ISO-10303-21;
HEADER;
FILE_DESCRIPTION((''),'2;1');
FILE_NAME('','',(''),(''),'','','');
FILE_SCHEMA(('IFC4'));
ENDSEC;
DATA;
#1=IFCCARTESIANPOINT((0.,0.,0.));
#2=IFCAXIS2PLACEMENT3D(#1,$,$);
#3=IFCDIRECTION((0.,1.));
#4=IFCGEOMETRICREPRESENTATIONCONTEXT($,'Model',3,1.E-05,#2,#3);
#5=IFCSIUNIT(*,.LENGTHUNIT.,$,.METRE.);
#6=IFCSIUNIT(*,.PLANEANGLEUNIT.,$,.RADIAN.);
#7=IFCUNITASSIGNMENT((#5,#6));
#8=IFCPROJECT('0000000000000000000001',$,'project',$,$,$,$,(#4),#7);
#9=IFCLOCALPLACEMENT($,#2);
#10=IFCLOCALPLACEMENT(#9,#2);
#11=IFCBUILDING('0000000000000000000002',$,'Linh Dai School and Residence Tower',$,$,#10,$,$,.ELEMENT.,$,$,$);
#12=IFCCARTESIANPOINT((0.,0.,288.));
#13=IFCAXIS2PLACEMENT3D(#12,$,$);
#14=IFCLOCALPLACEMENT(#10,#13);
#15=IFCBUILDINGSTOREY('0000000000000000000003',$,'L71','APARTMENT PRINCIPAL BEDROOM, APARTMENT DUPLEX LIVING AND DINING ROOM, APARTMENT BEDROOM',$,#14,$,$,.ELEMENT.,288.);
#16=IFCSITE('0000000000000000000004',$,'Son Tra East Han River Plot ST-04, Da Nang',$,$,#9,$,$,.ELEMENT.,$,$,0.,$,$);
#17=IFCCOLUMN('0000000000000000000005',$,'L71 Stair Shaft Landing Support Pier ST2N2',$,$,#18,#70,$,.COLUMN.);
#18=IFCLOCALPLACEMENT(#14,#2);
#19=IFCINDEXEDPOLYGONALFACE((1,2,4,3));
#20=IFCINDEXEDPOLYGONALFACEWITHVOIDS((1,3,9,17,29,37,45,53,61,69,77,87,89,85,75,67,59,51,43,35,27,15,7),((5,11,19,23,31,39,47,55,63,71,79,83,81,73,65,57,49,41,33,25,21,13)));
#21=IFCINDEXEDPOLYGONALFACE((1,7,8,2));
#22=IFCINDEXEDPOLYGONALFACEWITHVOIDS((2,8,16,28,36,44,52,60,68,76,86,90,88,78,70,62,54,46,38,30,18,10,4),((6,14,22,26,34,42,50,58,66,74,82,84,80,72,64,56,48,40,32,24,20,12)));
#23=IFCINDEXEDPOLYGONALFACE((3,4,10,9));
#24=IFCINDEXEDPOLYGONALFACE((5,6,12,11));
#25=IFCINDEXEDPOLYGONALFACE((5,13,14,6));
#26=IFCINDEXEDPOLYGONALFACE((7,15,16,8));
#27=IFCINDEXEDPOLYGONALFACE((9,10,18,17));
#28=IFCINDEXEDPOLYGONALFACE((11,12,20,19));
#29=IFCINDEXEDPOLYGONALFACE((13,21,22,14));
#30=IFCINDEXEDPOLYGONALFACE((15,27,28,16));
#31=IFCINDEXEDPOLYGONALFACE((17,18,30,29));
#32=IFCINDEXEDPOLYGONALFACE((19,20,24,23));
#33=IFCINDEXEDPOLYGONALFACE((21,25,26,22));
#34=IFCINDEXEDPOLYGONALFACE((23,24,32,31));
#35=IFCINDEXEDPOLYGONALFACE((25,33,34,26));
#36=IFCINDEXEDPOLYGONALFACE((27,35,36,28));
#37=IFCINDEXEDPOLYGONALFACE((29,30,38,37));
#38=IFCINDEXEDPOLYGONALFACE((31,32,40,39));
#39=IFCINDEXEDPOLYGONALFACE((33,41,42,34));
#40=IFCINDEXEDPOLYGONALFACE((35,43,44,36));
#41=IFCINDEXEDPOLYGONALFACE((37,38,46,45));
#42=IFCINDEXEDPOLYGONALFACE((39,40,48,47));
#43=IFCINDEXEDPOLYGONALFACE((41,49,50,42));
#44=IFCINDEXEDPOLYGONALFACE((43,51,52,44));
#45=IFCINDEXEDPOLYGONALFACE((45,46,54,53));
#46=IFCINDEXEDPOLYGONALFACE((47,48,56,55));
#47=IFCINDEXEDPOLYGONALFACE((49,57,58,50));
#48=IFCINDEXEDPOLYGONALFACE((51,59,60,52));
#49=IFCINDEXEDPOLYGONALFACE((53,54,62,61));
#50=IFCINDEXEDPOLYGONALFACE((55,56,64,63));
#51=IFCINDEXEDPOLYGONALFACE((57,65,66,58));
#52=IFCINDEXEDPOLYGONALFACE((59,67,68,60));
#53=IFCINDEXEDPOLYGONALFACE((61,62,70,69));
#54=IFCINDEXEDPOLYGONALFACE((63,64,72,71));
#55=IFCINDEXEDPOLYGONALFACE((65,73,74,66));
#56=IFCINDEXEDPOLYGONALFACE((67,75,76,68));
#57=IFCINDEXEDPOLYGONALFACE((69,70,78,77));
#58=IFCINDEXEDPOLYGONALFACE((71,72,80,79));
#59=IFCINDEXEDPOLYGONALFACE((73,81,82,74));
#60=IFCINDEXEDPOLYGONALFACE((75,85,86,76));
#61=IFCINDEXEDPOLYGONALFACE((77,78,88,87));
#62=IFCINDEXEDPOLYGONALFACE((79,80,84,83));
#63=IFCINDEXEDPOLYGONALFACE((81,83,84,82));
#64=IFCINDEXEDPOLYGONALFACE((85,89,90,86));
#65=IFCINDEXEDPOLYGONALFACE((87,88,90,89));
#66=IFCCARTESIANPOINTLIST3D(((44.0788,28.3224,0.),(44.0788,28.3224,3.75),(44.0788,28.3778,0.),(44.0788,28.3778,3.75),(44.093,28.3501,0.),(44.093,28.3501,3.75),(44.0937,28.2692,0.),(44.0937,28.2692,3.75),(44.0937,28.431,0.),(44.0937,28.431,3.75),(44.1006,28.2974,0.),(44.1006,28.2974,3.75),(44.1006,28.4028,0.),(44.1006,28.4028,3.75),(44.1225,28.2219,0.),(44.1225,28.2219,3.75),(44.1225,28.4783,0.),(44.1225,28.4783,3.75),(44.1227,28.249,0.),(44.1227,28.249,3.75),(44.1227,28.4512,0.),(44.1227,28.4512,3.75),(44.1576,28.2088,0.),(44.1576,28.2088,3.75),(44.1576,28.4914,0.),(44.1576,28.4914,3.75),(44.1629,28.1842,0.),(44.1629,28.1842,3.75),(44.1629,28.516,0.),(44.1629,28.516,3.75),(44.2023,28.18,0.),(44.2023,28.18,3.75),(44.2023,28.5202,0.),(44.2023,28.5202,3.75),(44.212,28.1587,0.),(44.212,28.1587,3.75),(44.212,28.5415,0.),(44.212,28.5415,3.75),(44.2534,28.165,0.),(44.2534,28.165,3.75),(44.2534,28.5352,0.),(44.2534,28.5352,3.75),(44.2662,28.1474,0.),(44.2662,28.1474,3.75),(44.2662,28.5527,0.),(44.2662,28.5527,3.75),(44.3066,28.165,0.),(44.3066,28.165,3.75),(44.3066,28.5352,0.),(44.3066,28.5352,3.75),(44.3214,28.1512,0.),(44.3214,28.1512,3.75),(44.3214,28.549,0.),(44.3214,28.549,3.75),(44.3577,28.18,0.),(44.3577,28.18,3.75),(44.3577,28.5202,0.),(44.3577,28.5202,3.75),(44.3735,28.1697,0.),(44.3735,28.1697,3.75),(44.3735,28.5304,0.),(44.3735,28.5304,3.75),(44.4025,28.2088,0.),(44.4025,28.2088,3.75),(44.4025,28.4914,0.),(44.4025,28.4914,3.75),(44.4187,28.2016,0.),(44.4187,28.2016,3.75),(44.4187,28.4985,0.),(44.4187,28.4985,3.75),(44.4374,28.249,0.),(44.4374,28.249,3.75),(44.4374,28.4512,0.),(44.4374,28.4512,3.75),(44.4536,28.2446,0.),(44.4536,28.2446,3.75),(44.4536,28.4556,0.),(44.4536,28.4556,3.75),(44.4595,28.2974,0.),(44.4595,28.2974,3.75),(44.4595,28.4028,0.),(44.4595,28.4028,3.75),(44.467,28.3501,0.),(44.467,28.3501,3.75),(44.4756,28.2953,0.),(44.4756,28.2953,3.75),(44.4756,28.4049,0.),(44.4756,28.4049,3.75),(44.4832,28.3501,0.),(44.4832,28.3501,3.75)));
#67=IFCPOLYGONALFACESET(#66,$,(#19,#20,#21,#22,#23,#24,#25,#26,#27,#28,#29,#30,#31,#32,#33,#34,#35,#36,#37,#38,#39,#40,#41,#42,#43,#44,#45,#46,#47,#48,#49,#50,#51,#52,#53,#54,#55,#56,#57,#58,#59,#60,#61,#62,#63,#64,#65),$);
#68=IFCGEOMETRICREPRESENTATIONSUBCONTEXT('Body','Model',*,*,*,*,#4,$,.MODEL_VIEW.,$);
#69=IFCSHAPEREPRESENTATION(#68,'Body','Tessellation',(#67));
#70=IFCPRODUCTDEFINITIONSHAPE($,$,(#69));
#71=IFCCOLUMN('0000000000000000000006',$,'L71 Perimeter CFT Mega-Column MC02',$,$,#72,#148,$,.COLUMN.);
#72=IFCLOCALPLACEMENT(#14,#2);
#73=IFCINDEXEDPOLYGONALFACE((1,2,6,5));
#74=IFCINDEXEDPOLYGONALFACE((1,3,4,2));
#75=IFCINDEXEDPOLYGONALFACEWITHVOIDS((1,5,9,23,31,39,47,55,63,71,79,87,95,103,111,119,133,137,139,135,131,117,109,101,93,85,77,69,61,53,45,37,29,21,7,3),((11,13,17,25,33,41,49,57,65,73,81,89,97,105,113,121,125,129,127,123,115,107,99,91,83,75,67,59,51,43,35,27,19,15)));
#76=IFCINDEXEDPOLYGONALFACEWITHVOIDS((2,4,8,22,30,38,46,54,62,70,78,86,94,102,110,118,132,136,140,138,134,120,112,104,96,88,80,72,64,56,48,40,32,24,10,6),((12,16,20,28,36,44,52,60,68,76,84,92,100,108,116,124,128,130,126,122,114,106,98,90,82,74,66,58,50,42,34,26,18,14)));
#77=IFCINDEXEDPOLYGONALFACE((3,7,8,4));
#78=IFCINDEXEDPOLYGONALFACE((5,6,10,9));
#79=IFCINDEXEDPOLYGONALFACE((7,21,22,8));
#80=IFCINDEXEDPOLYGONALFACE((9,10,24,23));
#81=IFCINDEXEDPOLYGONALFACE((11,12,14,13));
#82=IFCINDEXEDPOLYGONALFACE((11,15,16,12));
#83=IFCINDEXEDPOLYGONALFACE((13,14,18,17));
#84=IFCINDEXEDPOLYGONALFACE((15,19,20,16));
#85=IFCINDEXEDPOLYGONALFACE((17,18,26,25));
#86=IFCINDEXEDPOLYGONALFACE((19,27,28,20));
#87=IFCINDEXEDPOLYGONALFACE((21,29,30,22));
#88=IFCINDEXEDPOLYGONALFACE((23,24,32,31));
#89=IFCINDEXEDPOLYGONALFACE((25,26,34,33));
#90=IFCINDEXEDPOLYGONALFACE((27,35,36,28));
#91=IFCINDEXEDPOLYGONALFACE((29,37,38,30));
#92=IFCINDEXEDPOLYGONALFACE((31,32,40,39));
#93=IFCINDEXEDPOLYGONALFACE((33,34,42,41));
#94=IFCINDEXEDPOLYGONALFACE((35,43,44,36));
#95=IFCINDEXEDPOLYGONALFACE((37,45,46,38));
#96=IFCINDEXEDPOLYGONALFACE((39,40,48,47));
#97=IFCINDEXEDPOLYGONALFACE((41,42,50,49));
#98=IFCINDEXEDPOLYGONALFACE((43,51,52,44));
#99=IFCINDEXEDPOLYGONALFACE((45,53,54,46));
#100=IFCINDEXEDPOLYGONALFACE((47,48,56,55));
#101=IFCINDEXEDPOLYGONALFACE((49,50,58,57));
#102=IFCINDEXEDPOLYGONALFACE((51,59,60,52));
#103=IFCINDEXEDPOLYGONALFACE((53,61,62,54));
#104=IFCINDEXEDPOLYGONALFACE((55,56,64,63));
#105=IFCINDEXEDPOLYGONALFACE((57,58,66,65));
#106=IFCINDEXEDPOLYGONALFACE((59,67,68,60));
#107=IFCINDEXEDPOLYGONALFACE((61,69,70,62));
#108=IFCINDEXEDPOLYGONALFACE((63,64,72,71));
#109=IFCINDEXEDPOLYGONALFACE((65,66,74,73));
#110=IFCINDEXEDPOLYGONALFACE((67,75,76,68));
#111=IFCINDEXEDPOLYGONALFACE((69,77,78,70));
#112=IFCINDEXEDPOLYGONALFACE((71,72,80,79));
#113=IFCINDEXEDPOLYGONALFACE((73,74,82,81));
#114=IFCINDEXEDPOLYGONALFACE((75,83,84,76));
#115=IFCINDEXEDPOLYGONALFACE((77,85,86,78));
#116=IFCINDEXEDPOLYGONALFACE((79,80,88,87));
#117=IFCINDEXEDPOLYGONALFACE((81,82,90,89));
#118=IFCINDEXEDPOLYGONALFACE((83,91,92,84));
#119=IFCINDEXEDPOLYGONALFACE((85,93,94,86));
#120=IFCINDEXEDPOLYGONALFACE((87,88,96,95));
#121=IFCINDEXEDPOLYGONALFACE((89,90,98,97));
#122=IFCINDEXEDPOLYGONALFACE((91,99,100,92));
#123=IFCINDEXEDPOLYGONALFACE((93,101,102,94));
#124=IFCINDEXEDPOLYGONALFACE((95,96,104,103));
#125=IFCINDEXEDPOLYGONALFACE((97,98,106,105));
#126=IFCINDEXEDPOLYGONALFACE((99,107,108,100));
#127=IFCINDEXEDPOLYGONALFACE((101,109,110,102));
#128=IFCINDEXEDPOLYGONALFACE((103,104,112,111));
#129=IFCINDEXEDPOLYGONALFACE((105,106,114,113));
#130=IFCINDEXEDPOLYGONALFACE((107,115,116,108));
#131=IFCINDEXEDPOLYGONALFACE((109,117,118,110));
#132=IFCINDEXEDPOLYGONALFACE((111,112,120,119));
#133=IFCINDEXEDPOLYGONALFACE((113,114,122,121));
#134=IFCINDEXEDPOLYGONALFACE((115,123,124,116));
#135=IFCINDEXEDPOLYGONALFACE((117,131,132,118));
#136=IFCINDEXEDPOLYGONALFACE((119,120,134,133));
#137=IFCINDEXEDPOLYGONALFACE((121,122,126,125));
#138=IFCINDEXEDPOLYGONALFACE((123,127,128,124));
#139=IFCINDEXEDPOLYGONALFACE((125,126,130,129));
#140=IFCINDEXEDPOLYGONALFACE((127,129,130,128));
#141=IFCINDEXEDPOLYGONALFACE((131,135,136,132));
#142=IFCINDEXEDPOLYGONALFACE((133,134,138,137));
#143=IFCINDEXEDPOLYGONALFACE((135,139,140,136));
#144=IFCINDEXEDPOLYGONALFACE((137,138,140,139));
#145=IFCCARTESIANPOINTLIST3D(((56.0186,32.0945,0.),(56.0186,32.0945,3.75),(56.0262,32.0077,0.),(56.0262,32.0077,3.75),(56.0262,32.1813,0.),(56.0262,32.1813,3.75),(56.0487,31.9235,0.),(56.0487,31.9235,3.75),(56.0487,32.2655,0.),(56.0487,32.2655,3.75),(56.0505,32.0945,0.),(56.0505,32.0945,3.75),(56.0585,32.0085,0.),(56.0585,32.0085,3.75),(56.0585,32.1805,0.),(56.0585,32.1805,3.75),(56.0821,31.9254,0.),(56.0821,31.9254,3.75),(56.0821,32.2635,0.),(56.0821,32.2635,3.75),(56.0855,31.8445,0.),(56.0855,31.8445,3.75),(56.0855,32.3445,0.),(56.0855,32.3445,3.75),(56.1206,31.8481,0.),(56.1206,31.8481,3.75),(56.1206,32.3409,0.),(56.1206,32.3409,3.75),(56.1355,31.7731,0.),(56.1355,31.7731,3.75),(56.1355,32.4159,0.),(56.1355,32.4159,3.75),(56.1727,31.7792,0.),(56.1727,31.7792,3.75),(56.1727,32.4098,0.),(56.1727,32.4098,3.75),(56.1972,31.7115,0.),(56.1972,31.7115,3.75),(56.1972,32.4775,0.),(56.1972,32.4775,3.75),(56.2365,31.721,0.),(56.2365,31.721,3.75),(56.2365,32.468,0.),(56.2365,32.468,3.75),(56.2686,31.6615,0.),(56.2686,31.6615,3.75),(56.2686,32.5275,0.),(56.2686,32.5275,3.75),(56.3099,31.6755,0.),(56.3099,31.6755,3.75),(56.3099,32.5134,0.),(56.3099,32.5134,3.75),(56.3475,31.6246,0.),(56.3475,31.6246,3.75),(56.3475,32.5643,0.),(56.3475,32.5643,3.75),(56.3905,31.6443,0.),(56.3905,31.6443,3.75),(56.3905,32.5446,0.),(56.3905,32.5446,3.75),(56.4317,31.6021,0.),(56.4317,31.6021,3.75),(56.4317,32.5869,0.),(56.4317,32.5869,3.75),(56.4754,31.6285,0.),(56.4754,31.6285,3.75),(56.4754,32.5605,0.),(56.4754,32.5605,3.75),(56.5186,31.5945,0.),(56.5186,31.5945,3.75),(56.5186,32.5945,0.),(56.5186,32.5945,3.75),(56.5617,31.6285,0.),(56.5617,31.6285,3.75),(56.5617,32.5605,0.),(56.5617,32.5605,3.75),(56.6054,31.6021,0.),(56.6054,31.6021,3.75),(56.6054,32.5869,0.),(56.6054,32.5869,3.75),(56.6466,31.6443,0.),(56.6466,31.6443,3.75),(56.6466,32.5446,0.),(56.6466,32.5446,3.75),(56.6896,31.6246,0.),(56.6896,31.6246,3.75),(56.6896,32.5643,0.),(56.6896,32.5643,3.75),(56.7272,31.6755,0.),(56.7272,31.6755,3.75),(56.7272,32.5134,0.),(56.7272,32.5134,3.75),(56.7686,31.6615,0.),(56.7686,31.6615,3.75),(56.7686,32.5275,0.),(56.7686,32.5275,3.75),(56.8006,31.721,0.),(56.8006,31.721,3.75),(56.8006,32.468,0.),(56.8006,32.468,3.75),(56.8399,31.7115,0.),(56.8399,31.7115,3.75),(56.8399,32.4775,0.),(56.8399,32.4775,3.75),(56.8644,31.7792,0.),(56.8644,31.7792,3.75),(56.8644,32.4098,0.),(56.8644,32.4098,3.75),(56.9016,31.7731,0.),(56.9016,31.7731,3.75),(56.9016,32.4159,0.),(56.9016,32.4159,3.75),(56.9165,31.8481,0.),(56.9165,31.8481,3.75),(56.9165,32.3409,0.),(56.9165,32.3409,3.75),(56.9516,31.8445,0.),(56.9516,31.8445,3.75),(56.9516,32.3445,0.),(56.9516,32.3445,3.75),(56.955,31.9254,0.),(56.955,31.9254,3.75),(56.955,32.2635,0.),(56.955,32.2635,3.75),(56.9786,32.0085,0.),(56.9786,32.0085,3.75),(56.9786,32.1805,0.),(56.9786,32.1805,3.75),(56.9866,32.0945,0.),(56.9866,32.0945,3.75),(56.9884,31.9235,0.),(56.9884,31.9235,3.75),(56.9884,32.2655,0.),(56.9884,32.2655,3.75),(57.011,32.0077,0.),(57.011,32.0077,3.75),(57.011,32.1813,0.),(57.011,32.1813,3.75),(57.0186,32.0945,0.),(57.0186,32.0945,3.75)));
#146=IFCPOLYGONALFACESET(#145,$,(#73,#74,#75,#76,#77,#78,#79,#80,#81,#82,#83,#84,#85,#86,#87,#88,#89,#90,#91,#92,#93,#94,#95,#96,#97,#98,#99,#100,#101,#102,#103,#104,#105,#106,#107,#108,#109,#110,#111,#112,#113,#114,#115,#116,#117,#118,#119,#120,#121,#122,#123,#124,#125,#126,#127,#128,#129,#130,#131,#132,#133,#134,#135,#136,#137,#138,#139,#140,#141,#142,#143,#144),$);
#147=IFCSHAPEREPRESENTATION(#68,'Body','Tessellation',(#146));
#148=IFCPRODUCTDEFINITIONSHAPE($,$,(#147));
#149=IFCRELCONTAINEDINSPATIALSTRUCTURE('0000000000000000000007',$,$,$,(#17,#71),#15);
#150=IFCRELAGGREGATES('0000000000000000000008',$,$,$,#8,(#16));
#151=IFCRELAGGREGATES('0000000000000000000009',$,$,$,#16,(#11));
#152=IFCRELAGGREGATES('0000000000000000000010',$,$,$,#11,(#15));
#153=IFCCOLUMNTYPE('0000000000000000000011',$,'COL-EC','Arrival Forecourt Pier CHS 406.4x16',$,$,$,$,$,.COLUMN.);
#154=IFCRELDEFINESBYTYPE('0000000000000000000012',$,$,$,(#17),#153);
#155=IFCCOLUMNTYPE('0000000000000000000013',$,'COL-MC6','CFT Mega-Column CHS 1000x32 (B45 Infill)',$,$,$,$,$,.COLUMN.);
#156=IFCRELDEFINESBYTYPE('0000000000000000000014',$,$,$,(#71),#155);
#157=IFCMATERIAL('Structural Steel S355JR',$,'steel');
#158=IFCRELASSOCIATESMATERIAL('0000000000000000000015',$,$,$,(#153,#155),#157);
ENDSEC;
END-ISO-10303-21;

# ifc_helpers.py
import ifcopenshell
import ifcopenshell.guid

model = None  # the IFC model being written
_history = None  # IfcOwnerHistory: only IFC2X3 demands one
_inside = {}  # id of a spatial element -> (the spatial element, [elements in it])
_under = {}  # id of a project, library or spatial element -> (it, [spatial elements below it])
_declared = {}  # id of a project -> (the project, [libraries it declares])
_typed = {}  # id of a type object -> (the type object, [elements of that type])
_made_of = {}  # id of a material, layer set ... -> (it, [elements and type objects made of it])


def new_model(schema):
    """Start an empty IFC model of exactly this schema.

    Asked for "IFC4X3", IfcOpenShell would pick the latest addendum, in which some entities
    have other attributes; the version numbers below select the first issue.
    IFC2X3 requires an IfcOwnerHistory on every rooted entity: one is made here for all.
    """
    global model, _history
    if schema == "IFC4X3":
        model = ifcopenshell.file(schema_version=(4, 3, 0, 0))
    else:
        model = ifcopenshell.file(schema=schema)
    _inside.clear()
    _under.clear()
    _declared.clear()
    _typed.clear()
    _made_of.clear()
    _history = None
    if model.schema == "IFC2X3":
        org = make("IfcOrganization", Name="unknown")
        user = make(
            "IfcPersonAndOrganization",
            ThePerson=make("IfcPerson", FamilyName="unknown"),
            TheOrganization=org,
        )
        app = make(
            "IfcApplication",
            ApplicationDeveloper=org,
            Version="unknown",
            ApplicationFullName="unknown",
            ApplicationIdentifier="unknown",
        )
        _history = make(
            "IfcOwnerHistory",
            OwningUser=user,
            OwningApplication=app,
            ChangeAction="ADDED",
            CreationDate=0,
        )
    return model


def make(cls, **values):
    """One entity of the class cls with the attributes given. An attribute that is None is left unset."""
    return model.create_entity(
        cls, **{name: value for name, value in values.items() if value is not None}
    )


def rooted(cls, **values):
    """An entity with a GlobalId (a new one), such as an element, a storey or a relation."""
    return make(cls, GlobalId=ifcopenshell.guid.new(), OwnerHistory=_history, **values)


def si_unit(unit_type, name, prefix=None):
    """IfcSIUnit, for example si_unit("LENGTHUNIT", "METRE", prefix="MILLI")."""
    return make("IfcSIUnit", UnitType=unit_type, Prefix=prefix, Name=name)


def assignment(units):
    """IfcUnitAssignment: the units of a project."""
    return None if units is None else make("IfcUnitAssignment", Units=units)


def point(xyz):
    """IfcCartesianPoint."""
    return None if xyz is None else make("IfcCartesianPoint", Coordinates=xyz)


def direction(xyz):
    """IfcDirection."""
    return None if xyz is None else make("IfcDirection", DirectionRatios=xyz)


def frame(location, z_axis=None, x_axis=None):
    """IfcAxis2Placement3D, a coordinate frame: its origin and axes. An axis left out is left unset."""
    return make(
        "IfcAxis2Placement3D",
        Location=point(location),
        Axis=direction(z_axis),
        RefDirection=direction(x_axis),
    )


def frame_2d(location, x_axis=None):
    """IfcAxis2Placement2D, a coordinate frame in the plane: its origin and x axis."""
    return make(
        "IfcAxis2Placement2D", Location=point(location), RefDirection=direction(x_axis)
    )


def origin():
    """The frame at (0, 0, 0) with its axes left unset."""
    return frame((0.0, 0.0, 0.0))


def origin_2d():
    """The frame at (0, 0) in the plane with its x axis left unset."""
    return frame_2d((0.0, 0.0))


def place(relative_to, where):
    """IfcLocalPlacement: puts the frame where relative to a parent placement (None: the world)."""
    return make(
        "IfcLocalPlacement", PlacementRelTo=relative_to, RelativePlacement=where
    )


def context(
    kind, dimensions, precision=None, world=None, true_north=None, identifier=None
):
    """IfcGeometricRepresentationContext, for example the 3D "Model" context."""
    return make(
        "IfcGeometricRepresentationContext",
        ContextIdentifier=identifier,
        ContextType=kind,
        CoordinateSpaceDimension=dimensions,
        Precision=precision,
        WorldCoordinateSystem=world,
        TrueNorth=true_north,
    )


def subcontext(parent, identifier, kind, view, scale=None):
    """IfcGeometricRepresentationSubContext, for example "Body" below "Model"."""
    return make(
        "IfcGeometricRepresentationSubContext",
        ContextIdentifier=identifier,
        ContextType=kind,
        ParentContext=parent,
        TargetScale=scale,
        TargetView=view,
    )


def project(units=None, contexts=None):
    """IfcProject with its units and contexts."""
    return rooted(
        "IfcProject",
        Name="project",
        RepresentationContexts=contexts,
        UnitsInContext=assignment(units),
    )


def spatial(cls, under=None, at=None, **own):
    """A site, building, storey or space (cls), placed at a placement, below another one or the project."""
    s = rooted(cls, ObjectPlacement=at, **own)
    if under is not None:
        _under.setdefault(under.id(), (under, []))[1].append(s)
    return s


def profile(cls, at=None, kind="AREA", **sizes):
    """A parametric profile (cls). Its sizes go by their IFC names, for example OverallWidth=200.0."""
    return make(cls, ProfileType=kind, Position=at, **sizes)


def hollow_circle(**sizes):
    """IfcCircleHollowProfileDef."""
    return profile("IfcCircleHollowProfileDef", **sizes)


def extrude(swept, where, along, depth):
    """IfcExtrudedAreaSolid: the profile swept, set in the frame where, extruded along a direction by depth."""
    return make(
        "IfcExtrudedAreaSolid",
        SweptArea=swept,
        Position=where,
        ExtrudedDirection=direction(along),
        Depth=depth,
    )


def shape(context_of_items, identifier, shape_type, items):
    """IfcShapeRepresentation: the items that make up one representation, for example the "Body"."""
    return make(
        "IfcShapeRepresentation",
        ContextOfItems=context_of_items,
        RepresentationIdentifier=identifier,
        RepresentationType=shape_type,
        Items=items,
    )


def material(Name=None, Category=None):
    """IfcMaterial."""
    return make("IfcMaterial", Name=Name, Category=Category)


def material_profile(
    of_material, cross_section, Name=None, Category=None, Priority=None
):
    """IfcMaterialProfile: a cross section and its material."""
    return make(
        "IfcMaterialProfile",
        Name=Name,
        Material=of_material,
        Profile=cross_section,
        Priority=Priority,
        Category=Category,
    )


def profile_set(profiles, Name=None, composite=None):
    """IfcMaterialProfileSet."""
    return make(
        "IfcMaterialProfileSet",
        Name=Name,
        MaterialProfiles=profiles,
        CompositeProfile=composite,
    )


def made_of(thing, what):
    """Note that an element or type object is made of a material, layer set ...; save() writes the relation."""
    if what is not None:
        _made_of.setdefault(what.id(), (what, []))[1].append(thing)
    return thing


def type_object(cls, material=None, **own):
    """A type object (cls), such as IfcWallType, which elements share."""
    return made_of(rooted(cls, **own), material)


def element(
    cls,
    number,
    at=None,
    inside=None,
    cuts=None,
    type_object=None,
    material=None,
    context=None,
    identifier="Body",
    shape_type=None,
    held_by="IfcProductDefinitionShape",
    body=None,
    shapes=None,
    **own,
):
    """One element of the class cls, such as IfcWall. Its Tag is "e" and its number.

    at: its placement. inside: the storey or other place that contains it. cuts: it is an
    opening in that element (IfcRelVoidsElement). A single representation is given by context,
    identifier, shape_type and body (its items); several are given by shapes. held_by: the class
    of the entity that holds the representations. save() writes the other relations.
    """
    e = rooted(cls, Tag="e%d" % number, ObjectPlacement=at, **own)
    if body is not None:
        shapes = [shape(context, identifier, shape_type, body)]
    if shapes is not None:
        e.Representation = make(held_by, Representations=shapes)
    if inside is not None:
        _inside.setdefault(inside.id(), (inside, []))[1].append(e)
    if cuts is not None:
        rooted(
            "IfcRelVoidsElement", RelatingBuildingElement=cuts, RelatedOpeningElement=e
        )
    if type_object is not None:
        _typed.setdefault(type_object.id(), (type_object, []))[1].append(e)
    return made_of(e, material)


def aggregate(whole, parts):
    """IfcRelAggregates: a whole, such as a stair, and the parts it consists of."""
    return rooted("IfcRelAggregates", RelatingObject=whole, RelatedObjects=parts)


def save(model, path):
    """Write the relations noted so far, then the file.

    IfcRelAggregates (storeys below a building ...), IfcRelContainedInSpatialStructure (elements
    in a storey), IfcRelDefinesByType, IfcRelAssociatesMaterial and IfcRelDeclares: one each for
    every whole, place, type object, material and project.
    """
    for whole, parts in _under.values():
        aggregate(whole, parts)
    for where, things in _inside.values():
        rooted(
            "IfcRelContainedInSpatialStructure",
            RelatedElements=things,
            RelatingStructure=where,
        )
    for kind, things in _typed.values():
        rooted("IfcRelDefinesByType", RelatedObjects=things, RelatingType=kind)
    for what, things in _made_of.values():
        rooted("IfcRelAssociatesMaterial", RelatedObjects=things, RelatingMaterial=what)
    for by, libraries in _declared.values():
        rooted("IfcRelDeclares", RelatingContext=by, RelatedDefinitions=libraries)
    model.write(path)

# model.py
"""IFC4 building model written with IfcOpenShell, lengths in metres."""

from ifc_helpers import new_model, si_unit, direction, frame, origin, origin_2d, place, context, subcontext, project, spatial, hollow_circle, extrude, material, material_profile, profile_set, type_object, element, save


model = new_model("IFC4")

# Units and contexts
model_context = context("Model", 3, precision=1e-05, world=origin(), true_north=direction((0.0, 1.0)))
body_context = subcontext(model_context, "Body", "Model", "MODEL_VIEW")
ifc_project = project(units=[si_unit("LENGTHUNIT", "METRE"), si_unit("PLANEANGLEUNIT", "RADIAN")], contexts=[model_context])

# Site, building, storey
site_placement = place(None, origin())
site = spatial("IfcSite", under=ifc_project, at=site_placement, Name="Son Tra East Han River Plot ST-04, Da Nang", CompositionType="ELEMENT", RefElevation=0.0)
building_placement = place(site_placement, origin())
building = spatial("IfcBuilding", under=site, at=building_placement, Name="Linh Dai School and Residence Tower", CompositionType="ELEMENT")
storey_placement = place(building_placement, frame((0.0, 0.0, 288.0)))
storey = spatial("IfcBuildingStorey", under=building, at=storey_placement, Name="L71", Description="APARTMENT PRINCIPAL BEDROOM, APARTMENT DUPLEX LIVING AND DINING ROOM, APARTMENT BEDROOM", CompositionType="ELEMENT", Elevation=288.0)

# Columns
ifc_material_1 = material(Name="Structural Steel S355JR", Category="steel")
ifc_material_profile_1 = material_profile(ifc_material_1, hollow_circle(Radius=0.2031, WallThickness=0.0161, at=origin_2d()), Name="CHS 406.4x16")
ifc_profile_set_1 = profile_set([ifc_material_profile_1], Name="Structural Steel S355JR")
column_type_1 = type_object("IfcColumnType", Name="COL-EC", Description="Arrival Forecourt Pier CHS 406.4x16", PredefinedType="COLUMN", material=ifc_profile_set_1)
column_1_placement = place(storey_placement, frame((44.28, 28.3501, 0.0), z_axis=(0.0, 0.0, 1.0), x_axis=(1.0, 0.0, 0.0)))
element("IfcColumn", 1, at=column_1_placement, inside=storey, type_object=column_type_1, Name="L71 Stair Shaft Landing Support Pier ST2N2", PredefinedType="COLUMN", context=body_context, shape_type="SweptSolid", body=[
    extrude(hollow_circle(Radius=0.2031, WallThickness=0.0161, at=origin_2d()), origin(), (0.0, 0.0, 1.0), 3.75),
])
ifc_material_profile_2 = material_profile(ifc_material_1, hollow_circle(Radius=0.5, WallThickness=0.032, at=origin_2d()), Name="CHS 1000x32")
ifc_profile_set_2 = profile_set([ifc_material_profile_2], Name="Structural Steel S355JR")
column_type_2 = type_object("IfcColumnType", Name="COL-MC6", Description="CFT Mega-Column CHS 1000x32 (B45 Infill)", PredefinedType="COLUMN", material=ifc_profile_set_2)
column_2_placement = place(storey_placement, frame((56.5186, 32.0945, 0.0), z_axis=(0.0, 0.0, 1.0), x_axis=(1.0, 0.0, 0.0)))
element("IfcColumn", 2, at=column_2_placement, inside=storey, type_object=column_type_2, Name="L71 Perimeter CFT Mega-Column MC02", PredefinedType="COLUMN", context=body_context, shape_type="SweptSolid", body=[
    extrude(hollow_circle(Radius=0.5, WallThickness=0.032, at=origin_2d()), origin(), (0.0, 0.0, 1.0), 3.75),
])

save(model, "model.ifc")
